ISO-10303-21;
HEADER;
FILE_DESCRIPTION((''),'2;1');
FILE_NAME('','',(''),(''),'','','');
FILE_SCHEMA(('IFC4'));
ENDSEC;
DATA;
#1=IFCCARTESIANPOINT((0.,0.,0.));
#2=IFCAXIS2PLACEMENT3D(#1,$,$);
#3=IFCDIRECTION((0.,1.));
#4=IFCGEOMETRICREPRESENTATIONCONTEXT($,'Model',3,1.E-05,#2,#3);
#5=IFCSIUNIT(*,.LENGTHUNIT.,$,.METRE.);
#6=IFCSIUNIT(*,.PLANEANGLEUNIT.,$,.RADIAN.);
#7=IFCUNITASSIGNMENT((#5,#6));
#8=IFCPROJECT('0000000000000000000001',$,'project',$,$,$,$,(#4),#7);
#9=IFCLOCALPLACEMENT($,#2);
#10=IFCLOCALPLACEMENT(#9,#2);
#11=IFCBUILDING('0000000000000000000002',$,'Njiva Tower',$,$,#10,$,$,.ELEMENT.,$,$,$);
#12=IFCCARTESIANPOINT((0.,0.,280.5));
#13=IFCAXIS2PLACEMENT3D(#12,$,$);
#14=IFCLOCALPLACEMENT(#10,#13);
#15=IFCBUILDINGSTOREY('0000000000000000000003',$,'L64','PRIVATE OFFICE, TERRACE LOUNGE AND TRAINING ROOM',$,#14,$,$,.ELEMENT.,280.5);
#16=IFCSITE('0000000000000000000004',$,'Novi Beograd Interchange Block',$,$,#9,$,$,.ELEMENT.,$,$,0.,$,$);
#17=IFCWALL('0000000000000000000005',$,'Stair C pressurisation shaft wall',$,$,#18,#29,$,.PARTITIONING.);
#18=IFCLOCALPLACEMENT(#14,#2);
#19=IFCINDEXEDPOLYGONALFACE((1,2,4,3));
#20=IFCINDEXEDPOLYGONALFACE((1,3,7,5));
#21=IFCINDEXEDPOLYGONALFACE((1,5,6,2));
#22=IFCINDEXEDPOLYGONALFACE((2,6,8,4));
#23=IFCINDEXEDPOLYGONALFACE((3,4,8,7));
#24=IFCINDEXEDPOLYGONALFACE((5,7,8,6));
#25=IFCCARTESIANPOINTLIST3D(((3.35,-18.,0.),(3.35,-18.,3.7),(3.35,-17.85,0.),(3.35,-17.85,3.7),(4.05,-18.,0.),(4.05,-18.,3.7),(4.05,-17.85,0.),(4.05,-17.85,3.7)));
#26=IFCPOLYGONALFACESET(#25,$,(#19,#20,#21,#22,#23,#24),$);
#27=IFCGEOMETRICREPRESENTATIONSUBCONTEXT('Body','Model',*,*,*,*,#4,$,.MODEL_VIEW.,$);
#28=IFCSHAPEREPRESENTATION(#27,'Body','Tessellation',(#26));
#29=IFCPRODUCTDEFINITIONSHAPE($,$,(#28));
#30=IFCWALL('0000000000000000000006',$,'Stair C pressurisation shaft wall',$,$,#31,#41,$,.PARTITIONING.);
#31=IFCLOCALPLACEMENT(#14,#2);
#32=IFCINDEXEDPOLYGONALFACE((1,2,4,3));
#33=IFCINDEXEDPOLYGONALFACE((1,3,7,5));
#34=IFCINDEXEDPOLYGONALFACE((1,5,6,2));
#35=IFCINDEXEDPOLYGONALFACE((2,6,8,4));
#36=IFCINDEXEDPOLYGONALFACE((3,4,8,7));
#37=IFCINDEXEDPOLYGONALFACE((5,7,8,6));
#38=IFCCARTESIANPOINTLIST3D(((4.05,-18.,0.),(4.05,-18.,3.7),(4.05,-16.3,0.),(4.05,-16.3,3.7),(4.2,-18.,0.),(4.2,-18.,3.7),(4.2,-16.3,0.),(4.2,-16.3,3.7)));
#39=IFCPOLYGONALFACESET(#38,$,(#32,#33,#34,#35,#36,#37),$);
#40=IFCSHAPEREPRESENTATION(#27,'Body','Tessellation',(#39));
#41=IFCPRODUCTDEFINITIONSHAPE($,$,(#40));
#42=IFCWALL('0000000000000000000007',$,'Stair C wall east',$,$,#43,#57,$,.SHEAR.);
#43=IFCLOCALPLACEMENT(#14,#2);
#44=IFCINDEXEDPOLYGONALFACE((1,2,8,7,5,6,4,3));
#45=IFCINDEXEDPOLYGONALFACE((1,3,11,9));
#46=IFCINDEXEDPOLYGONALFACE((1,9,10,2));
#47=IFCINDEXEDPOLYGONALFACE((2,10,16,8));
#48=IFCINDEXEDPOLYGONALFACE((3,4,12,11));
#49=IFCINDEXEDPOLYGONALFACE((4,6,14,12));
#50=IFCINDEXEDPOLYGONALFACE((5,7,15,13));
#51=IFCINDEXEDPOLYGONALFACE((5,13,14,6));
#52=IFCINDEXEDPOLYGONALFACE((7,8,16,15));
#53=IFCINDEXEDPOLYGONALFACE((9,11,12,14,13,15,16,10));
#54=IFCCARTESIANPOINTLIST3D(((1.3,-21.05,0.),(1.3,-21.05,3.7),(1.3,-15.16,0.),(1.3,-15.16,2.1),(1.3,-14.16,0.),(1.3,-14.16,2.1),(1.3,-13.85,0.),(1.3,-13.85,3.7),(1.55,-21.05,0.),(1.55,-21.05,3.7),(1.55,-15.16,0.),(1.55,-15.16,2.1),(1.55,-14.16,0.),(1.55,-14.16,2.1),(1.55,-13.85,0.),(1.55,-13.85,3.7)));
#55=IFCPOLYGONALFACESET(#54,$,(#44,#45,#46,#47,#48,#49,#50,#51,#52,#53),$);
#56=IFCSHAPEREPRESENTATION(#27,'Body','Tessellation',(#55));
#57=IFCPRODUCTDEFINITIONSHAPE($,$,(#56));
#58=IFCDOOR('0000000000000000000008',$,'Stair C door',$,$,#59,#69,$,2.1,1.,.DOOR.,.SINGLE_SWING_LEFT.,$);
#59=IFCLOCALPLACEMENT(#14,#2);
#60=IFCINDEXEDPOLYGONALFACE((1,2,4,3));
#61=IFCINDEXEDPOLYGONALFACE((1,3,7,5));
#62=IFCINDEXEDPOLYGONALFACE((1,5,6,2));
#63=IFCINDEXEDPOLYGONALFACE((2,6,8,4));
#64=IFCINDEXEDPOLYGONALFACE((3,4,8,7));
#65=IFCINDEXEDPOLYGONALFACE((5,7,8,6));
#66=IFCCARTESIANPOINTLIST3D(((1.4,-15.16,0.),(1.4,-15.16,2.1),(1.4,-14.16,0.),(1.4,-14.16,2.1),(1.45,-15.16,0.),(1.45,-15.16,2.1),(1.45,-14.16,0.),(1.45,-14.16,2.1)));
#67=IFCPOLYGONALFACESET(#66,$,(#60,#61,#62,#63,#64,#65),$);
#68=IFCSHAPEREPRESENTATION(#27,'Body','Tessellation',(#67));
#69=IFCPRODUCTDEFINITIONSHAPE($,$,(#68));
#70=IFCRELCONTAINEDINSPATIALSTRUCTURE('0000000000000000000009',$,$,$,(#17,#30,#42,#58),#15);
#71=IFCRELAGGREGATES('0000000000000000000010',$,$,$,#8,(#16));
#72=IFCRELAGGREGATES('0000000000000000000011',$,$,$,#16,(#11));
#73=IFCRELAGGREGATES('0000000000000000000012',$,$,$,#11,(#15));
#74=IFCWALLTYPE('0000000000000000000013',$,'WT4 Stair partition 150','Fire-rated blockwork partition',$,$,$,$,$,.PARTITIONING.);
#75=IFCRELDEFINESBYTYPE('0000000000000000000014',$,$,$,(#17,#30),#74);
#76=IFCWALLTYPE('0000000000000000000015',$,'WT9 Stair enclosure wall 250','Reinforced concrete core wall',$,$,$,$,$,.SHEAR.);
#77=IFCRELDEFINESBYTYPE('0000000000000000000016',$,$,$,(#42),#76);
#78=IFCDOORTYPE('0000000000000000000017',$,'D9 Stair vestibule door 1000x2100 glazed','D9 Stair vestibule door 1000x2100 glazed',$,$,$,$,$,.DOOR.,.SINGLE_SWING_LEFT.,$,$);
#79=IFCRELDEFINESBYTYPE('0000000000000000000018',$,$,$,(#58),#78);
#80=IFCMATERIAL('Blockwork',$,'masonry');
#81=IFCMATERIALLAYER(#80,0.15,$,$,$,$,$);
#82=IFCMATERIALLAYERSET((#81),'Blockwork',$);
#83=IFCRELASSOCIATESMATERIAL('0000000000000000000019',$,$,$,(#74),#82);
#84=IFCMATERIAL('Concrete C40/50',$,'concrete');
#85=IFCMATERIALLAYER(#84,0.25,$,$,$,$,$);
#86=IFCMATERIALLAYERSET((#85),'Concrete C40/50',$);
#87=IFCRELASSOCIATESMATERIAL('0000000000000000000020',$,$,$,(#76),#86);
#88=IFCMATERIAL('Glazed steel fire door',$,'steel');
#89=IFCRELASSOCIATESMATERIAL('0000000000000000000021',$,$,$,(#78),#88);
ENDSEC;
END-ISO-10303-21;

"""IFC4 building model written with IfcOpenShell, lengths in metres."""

from ifc_helpers import new_model, si_unit, direction, frame, frame_2d, origin, place, context, subcontext, project, spatial, rectangle, extrude, material, layer, layer_set, type_object, element, fill, save


model = new_model("IFC4")

# Units and contexts
model_context = context("Model", 3, precision=1e-05, world=origin(), true_north=direction((0.0, 1.0)))
body_context = subcontext(model_context, "Body", "Model", "MODEL_VIEW")
ifc_project = project(units=[si_unit("LENGTHUNIT", "METRE"), si_unit("PLANEANGLEUNIT", "RADIAN")], contexts=[model_context])

# Site, building, storey
site_placement = place(None, origin())
site = spatial("IfcSite", under=ifc_project, at=site_placement, Name="Novi Beograd Interchange Block", CompositionType="ELEMENT", RefElevation=0.0)
building_placement = place(site_placement, origin())
building = spatial("IfcBuilding", under=site, at=building_placement, Name="Njiva Tower", CompositionType="ELEMENT")
storey_placement = place(building_placement, frame((0.0, 0.0, 280.5)))
storey = spatial("IfcBuildingStorey", under=building, at=storey_placement, Name="L64", Description="PRIVATE OFFICE, TERRACE LOUNGE AND TRAINING ROOM", CompositionType="ELEMENT", Elevation=280.5)

# Walls
ifc_material_1 = material(Name="Blockwork", Category="masonry")
ifc_layer_1 = layer(ifc_material_1, 0.15)
ifc_layer_set_1 = layer_set([ifc_layer_1], Name="Blockwork")
wall_type_1 = type_object("IfcWallType", Name="WT4 Stair partition 150", Description="Fire-rated blockwork partition", PredefinedType="PARTITIONING", material=ifc_layer_set_1)
wall_1_placement = place(storey_placement, frame((3.35, -17.925, 0.0), z_axis=(0.0, 0.0, 1.0), x_axis=(1.0, 0.0, 0.0)))
element("IfcWall", 1, at=wall_1_placement, inside=storey, type_object=wall_type_1, Name="Stair C pressurisation shaft wall", PredefinedType="PARTITIONING", context=body_context, shape_type="SweptSolid", body=[
    extrude(rectangle(XDim=0.7, YDim=0.15, at=frame_2d((0.35, 0.0))), origin(), (0.0, 0.0, 1.0), 3.7),
])
wall_2_placement = place(storey_placement, frame((4.125, -18.0, 0.0), z_axis=(0.0, 0.0, 1.0), x_axis=(0.0, 1.0, 0.0)))
element("IfcWall", 2, at=wall_2_placement, inside=storey, type_object=wall_type_1, Name="Stair C pressurisation shaft wall", PredefinedType="PARTITIONING", context=body_context, shape_type="SweptSolid", body=[
    extrude(rectangle(XDim=1.7, YDim=0.15, at=frame_2d((0.85, 0.0))), origin(), (0.0, 0.0, 1.0), 3.7),
])

# Wall, opening, door
ifc_material_2 = material(Name="Concrete C40/50", Category="concrete")
ifc_layer_2 = layer(ifc_material_2, 0.25)
ifc_layer_set_2 = layer_set([ifc_layer_2], Name="Concrete C40/50")
wall_type_2 = type_object("IfcWallType", Name="WT9 Stair enclosure wall 250", Description="Reinforced concrete core wall", PredefinedType="SHEAR", material=ifc_layer_set_2)
wall_3_placement = place(storey_placement, frame((1.425, -21.05, 0.0), z_axis=(0.0, 0.0, 1.0), x_axis=(0.0, 1.0, 0.0)))
wall_3 = element("IfcWall", 3, at=wall_3_placement, inside=storey, type_object=wall_type_2, Name="Stair C wall east", PredefinedType="SHEAR", context=body_context, shape_type="SweptSolid", body=[
    extrude(rectangle(XDim=7.2, YDim=0.25, at=frame_2d((3.6, 0.0))), origin(), (0.0, 0.0, 1.0), 3.7),
])
opening_1_placement = place(wall_3_placement, frame((5.89, 0.0, 0.0)))
opening_1 = element("IfcOpeningElement", 4, at=opening_1_placement, cuts=wall_3, PredefinedType="OPENING", context=body_context, shape_type="SweptSolid", body=[
    extrude(rectangle(XDim=1.0, YDim=2.1, at=frame_2d((0.5, 1.05))), frame((0.0, 0.135, 0.0), z_axis=(0.0, -1.0, 0.0), x_axis=(1.0, 0.0, 0.0)), (0.0, 0.0, 1.0), 0.27),
])
ifc_material_3 = material(Name="Glazed steel fire door", Category="steel")
door_type = type_object("IfcDoorType", Name="D9 Stair vestibule door 1000x2100 glazed", Description="D9 Stair vestibule door 1000x2100 glazed", OperationType="SINGLE_SWING_LEFT", PredefinedType="DOOR", material=ifc_material_3)
door_placement = place(opening_1_placement, origin())
door = element("IfcDoor", 5, at=door_placement, inside=storey, type_object=door_type, Name="Stair C door", OperationType="SINGLE_SWING_LEFT", OverallHeight=2.1, OverallWidth=1.0, PredefinedType="DOOR", context=body_context, shape_type="SweptSolid", body=[
    extrude(rectangle(XDim=1.0, YDim=2.1, at=frame_2d((0.5, 1.05))), frame((0.0, 0.025, 0.0), z_axis=(0.0, -1.0, 0.0), x_axis=(1.0, 0.0, 0.0)), (0.0, 0.0, 1.0), 0.05),
])
fill(opening_1, door)

save(model, "model.ifc")
